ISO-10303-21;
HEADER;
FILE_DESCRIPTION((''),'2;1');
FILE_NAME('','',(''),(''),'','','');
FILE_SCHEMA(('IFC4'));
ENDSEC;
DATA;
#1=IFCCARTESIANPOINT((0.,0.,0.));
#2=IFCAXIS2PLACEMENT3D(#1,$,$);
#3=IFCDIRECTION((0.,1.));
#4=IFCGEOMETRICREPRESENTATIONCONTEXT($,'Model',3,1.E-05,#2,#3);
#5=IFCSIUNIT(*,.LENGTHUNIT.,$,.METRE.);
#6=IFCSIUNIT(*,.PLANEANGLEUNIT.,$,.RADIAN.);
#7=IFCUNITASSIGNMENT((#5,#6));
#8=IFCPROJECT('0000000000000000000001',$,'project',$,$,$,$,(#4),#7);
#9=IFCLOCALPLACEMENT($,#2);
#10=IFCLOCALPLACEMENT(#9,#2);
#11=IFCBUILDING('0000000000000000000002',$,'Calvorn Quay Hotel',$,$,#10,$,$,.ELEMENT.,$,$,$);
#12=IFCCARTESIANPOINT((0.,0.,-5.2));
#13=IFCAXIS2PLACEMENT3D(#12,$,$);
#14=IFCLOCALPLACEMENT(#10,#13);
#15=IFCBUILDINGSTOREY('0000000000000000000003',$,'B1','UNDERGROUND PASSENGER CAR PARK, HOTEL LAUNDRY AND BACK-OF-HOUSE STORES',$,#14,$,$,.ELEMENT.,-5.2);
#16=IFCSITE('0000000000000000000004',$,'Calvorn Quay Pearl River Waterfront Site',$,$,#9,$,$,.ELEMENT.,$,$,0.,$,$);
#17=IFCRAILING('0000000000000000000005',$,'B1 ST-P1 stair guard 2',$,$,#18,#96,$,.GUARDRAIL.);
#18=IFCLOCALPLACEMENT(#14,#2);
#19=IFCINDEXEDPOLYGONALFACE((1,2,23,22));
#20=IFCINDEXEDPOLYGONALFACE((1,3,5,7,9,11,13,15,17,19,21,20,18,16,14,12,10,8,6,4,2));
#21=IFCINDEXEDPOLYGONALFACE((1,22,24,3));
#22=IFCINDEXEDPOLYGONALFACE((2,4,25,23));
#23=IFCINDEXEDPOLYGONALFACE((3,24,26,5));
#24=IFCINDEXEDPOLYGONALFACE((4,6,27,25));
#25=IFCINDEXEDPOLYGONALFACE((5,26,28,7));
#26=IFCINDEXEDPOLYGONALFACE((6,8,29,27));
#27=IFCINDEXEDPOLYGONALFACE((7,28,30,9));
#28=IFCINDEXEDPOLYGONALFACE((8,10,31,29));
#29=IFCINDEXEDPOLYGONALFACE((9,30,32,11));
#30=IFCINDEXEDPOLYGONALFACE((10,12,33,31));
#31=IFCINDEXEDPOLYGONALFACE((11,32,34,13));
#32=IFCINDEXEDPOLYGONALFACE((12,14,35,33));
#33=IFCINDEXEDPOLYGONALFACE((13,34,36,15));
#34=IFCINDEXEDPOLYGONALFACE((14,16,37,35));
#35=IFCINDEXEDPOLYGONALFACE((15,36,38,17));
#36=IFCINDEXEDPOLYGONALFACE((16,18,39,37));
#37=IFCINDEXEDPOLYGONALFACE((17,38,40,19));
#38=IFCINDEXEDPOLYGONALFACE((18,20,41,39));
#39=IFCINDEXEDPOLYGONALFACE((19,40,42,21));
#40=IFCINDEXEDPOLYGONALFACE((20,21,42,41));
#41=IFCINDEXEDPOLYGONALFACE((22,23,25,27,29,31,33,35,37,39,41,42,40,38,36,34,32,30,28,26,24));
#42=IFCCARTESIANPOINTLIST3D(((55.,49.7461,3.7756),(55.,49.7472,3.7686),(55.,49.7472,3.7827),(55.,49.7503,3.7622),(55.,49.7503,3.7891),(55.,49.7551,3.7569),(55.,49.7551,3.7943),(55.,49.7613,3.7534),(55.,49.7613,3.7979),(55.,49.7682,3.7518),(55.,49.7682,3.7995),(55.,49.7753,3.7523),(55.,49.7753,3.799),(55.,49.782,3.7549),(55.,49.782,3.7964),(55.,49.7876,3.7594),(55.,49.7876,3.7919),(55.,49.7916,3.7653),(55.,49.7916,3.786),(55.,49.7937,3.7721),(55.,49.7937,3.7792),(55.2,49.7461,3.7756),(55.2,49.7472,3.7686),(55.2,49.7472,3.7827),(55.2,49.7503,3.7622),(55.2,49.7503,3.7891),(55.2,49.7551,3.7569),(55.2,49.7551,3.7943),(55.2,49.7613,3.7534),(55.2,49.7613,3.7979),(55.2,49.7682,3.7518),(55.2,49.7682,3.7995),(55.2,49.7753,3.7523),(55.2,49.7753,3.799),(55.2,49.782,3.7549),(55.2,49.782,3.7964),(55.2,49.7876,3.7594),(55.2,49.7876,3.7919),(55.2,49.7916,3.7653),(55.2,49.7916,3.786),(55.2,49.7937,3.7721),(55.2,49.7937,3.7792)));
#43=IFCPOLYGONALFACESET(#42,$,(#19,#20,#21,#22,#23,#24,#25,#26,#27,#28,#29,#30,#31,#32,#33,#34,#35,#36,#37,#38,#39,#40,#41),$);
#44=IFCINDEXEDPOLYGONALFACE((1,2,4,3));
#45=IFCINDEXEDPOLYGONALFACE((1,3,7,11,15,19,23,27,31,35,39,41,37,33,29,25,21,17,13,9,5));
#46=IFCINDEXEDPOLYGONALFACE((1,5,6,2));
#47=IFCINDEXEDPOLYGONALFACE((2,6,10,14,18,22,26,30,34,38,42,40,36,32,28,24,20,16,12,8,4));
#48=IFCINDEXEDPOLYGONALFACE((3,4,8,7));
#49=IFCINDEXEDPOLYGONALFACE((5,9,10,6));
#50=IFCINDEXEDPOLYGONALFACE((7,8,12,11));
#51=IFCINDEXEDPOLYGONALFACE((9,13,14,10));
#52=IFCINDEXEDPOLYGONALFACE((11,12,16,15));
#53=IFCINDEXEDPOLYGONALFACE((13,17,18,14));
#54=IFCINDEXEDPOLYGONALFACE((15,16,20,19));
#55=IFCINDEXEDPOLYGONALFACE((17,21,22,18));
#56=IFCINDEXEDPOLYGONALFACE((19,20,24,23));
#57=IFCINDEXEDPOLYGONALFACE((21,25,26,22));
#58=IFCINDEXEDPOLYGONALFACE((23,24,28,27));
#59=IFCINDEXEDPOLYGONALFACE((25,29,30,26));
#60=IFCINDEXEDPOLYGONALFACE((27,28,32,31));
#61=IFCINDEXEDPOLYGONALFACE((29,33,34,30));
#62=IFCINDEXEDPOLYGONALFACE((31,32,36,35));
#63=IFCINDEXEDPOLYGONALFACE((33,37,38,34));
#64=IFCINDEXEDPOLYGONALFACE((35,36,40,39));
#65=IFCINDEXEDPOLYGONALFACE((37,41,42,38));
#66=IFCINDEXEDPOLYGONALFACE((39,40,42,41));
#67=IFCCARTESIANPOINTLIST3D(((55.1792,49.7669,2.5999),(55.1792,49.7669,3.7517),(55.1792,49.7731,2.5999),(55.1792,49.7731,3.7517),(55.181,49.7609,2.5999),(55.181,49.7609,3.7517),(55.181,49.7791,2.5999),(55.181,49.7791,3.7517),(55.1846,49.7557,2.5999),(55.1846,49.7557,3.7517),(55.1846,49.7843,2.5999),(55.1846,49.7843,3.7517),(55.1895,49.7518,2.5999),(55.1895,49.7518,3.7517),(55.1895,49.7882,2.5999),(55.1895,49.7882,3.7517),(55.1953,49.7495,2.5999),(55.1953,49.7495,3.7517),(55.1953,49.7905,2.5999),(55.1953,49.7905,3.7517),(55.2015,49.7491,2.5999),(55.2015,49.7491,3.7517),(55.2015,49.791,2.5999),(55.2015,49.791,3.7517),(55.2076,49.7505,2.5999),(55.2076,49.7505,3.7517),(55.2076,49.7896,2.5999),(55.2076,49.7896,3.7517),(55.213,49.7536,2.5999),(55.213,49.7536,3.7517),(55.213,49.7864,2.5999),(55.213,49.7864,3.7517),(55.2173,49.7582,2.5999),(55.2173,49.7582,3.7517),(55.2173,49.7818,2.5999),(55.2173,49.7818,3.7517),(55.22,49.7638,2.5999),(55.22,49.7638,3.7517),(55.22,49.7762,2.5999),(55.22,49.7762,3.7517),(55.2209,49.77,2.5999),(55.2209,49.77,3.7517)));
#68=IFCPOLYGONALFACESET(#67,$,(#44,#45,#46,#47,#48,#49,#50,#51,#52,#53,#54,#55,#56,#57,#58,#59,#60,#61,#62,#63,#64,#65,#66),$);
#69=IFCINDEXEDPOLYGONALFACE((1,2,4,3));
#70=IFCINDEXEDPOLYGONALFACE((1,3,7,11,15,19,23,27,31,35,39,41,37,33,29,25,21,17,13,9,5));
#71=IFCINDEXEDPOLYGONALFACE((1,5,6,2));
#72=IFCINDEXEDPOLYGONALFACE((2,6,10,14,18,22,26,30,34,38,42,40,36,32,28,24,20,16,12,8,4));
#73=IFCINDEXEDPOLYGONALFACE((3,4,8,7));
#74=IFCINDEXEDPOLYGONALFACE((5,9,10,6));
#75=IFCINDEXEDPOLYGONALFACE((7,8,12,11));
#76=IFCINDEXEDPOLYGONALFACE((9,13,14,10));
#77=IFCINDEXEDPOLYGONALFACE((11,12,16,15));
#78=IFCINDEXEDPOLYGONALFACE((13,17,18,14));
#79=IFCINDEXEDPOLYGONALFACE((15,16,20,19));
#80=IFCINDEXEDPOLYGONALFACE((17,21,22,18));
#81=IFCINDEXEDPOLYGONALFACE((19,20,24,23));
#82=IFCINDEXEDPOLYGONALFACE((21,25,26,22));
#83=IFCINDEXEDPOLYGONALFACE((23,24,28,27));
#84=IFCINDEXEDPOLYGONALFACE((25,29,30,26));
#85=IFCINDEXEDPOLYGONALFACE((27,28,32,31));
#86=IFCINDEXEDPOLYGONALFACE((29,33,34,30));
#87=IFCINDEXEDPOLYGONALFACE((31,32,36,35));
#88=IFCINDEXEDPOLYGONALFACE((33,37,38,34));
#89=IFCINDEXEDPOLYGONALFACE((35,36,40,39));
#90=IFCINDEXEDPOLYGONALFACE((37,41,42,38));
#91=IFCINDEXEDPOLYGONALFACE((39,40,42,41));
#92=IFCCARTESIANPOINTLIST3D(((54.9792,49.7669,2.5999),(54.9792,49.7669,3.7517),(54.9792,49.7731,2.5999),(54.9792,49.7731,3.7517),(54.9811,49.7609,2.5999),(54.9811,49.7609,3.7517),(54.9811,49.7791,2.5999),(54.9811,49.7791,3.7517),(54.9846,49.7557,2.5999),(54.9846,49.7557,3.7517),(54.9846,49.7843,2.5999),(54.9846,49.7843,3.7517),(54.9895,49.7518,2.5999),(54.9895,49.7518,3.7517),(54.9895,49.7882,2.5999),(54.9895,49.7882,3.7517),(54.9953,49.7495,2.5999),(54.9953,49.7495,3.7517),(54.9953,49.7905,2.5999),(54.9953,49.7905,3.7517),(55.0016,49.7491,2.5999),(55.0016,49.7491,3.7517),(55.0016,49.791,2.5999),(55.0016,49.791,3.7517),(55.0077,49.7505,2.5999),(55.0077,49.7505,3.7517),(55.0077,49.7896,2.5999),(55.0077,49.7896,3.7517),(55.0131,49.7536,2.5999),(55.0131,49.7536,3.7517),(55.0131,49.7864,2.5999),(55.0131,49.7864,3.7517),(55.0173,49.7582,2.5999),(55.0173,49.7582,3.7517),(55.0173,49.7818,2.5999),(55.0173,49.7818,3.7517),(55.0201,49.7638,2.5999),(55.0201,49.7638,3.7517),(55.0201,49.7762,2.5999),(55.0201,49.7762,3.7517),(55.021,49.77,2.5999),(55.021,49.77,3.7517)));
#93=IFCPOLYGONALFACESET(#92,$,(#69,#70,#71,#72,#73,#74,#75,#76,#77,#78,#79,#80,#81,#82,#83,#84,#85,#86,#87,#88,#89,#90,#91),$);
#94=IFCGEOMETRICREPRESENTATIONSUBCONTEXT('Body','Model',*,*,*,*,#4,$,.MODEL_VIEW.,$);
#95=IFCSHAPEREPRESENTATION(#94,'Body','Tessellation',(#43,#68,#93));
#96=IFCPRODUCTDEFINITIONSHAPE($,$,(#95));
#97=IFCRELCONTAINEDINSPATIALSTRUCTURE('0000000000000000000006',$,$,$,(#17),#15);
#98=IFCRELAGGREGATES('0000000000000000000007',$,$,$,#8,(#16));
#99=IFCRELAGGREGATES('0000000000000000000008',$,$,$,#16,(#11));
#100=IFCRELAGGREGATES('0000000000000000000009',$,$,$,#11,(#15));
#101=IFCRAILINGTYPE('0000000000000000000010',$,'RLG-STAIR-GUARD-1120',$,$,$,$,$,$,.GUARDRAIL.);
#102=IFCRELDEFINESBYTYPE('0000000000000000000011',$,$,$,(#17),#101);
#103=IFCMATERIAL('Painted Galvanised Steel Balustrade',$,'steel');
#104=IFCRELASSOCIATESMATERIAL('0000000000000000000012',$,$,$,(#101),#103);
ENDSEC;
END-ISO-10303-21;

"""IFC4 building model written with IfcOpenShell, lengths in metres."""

from ifc_helpers import new_model, si_unit, direction, frame, origin, origin_2d, place, context, subcontext, project, spatial, circle, extrude, material, type_object, element, save


model = new_model("IFC4")

# Units and contexts
model_context = context("Model", 3, precision=1e-05, world=origin(), true_north=direction((0.0, 1.0)))
body_context = subcontext(model_context, "Body", "Model", "MODEL_VIEW")
ifc_project = project(units=[si_unit("LENGTHUNIT", "METRE"), si_unit("PLANEANGLEUNIT", "RADIAN")], contexts=[model_context])

# Site, building, storey
site_placement = place(None, origin())
site = spatial("IfcSite", under=ifc_project, at=site_placement, Name="Calvorn Quay Pearl River Waterfront Site", CompositionType="ELEMENT", RefElevation=0.0)
building_placement = place(site_placement, origin())
building = spatial("IfcBuilding", under=site, at=building_placement, Name="Calvorn Quay Hotel", CompositionType="ELEMENT")
storey_placement = place(building_placement, frame((0.0, 0.0, -5.2)))
storey = spatial("IfcBuildingStorey", under=building, at=storey_placement, Name="B1", Description="UNDERGROUND PASSENGER CAR PARK, HOTEL LAUNDRY AND BACK-OF-HOUSE STORES", CompositionType="ELEMENT", Elevation=-5.2)

# Railing
ifc_material_1 = material(Name="Painted Galvanised Steel Balustrade", Category="steel")
railing_type_1 = type_object("IfcRailingType", Name="RLG-STAIR-GUARD-1120", PredefinedType="GUARDRAIL", material=ifc_material_1)
railing_1_placement = place(storey_placement, frame((55.2, 49.77, 2.5999)))
element("IfcRailing", 1, at=railing_1_placement, inside=storey, type_object=railing_type_1, Name="B1 ST-P1 stair guard 2", PredefinedType="GUARDRAIL", context=body_context, shape_type="SweptSolid", body=[
    extrude(circle(Radius=0.0239, at=origin_2d()), frame((0.0, 0.0, 1.1758), z_axis=(-1.0, 0.0, 0.0), x_axis=(0.0, -1.0, 0.0)), (0.0, 0.0, 1.0), 0.2),
    extrude(circle(Radius=0.021, at=origin_2d()), origin(), (0.0, 0.0, 1.0), 1.1519),
    extrude(circle(Radius=0.021, at=origin_2d()), frame((-0.2, 0.0, 0.0)), (0.0, 0.0, 1.0), 1.1519),
])

save(model, "model.ifc")
